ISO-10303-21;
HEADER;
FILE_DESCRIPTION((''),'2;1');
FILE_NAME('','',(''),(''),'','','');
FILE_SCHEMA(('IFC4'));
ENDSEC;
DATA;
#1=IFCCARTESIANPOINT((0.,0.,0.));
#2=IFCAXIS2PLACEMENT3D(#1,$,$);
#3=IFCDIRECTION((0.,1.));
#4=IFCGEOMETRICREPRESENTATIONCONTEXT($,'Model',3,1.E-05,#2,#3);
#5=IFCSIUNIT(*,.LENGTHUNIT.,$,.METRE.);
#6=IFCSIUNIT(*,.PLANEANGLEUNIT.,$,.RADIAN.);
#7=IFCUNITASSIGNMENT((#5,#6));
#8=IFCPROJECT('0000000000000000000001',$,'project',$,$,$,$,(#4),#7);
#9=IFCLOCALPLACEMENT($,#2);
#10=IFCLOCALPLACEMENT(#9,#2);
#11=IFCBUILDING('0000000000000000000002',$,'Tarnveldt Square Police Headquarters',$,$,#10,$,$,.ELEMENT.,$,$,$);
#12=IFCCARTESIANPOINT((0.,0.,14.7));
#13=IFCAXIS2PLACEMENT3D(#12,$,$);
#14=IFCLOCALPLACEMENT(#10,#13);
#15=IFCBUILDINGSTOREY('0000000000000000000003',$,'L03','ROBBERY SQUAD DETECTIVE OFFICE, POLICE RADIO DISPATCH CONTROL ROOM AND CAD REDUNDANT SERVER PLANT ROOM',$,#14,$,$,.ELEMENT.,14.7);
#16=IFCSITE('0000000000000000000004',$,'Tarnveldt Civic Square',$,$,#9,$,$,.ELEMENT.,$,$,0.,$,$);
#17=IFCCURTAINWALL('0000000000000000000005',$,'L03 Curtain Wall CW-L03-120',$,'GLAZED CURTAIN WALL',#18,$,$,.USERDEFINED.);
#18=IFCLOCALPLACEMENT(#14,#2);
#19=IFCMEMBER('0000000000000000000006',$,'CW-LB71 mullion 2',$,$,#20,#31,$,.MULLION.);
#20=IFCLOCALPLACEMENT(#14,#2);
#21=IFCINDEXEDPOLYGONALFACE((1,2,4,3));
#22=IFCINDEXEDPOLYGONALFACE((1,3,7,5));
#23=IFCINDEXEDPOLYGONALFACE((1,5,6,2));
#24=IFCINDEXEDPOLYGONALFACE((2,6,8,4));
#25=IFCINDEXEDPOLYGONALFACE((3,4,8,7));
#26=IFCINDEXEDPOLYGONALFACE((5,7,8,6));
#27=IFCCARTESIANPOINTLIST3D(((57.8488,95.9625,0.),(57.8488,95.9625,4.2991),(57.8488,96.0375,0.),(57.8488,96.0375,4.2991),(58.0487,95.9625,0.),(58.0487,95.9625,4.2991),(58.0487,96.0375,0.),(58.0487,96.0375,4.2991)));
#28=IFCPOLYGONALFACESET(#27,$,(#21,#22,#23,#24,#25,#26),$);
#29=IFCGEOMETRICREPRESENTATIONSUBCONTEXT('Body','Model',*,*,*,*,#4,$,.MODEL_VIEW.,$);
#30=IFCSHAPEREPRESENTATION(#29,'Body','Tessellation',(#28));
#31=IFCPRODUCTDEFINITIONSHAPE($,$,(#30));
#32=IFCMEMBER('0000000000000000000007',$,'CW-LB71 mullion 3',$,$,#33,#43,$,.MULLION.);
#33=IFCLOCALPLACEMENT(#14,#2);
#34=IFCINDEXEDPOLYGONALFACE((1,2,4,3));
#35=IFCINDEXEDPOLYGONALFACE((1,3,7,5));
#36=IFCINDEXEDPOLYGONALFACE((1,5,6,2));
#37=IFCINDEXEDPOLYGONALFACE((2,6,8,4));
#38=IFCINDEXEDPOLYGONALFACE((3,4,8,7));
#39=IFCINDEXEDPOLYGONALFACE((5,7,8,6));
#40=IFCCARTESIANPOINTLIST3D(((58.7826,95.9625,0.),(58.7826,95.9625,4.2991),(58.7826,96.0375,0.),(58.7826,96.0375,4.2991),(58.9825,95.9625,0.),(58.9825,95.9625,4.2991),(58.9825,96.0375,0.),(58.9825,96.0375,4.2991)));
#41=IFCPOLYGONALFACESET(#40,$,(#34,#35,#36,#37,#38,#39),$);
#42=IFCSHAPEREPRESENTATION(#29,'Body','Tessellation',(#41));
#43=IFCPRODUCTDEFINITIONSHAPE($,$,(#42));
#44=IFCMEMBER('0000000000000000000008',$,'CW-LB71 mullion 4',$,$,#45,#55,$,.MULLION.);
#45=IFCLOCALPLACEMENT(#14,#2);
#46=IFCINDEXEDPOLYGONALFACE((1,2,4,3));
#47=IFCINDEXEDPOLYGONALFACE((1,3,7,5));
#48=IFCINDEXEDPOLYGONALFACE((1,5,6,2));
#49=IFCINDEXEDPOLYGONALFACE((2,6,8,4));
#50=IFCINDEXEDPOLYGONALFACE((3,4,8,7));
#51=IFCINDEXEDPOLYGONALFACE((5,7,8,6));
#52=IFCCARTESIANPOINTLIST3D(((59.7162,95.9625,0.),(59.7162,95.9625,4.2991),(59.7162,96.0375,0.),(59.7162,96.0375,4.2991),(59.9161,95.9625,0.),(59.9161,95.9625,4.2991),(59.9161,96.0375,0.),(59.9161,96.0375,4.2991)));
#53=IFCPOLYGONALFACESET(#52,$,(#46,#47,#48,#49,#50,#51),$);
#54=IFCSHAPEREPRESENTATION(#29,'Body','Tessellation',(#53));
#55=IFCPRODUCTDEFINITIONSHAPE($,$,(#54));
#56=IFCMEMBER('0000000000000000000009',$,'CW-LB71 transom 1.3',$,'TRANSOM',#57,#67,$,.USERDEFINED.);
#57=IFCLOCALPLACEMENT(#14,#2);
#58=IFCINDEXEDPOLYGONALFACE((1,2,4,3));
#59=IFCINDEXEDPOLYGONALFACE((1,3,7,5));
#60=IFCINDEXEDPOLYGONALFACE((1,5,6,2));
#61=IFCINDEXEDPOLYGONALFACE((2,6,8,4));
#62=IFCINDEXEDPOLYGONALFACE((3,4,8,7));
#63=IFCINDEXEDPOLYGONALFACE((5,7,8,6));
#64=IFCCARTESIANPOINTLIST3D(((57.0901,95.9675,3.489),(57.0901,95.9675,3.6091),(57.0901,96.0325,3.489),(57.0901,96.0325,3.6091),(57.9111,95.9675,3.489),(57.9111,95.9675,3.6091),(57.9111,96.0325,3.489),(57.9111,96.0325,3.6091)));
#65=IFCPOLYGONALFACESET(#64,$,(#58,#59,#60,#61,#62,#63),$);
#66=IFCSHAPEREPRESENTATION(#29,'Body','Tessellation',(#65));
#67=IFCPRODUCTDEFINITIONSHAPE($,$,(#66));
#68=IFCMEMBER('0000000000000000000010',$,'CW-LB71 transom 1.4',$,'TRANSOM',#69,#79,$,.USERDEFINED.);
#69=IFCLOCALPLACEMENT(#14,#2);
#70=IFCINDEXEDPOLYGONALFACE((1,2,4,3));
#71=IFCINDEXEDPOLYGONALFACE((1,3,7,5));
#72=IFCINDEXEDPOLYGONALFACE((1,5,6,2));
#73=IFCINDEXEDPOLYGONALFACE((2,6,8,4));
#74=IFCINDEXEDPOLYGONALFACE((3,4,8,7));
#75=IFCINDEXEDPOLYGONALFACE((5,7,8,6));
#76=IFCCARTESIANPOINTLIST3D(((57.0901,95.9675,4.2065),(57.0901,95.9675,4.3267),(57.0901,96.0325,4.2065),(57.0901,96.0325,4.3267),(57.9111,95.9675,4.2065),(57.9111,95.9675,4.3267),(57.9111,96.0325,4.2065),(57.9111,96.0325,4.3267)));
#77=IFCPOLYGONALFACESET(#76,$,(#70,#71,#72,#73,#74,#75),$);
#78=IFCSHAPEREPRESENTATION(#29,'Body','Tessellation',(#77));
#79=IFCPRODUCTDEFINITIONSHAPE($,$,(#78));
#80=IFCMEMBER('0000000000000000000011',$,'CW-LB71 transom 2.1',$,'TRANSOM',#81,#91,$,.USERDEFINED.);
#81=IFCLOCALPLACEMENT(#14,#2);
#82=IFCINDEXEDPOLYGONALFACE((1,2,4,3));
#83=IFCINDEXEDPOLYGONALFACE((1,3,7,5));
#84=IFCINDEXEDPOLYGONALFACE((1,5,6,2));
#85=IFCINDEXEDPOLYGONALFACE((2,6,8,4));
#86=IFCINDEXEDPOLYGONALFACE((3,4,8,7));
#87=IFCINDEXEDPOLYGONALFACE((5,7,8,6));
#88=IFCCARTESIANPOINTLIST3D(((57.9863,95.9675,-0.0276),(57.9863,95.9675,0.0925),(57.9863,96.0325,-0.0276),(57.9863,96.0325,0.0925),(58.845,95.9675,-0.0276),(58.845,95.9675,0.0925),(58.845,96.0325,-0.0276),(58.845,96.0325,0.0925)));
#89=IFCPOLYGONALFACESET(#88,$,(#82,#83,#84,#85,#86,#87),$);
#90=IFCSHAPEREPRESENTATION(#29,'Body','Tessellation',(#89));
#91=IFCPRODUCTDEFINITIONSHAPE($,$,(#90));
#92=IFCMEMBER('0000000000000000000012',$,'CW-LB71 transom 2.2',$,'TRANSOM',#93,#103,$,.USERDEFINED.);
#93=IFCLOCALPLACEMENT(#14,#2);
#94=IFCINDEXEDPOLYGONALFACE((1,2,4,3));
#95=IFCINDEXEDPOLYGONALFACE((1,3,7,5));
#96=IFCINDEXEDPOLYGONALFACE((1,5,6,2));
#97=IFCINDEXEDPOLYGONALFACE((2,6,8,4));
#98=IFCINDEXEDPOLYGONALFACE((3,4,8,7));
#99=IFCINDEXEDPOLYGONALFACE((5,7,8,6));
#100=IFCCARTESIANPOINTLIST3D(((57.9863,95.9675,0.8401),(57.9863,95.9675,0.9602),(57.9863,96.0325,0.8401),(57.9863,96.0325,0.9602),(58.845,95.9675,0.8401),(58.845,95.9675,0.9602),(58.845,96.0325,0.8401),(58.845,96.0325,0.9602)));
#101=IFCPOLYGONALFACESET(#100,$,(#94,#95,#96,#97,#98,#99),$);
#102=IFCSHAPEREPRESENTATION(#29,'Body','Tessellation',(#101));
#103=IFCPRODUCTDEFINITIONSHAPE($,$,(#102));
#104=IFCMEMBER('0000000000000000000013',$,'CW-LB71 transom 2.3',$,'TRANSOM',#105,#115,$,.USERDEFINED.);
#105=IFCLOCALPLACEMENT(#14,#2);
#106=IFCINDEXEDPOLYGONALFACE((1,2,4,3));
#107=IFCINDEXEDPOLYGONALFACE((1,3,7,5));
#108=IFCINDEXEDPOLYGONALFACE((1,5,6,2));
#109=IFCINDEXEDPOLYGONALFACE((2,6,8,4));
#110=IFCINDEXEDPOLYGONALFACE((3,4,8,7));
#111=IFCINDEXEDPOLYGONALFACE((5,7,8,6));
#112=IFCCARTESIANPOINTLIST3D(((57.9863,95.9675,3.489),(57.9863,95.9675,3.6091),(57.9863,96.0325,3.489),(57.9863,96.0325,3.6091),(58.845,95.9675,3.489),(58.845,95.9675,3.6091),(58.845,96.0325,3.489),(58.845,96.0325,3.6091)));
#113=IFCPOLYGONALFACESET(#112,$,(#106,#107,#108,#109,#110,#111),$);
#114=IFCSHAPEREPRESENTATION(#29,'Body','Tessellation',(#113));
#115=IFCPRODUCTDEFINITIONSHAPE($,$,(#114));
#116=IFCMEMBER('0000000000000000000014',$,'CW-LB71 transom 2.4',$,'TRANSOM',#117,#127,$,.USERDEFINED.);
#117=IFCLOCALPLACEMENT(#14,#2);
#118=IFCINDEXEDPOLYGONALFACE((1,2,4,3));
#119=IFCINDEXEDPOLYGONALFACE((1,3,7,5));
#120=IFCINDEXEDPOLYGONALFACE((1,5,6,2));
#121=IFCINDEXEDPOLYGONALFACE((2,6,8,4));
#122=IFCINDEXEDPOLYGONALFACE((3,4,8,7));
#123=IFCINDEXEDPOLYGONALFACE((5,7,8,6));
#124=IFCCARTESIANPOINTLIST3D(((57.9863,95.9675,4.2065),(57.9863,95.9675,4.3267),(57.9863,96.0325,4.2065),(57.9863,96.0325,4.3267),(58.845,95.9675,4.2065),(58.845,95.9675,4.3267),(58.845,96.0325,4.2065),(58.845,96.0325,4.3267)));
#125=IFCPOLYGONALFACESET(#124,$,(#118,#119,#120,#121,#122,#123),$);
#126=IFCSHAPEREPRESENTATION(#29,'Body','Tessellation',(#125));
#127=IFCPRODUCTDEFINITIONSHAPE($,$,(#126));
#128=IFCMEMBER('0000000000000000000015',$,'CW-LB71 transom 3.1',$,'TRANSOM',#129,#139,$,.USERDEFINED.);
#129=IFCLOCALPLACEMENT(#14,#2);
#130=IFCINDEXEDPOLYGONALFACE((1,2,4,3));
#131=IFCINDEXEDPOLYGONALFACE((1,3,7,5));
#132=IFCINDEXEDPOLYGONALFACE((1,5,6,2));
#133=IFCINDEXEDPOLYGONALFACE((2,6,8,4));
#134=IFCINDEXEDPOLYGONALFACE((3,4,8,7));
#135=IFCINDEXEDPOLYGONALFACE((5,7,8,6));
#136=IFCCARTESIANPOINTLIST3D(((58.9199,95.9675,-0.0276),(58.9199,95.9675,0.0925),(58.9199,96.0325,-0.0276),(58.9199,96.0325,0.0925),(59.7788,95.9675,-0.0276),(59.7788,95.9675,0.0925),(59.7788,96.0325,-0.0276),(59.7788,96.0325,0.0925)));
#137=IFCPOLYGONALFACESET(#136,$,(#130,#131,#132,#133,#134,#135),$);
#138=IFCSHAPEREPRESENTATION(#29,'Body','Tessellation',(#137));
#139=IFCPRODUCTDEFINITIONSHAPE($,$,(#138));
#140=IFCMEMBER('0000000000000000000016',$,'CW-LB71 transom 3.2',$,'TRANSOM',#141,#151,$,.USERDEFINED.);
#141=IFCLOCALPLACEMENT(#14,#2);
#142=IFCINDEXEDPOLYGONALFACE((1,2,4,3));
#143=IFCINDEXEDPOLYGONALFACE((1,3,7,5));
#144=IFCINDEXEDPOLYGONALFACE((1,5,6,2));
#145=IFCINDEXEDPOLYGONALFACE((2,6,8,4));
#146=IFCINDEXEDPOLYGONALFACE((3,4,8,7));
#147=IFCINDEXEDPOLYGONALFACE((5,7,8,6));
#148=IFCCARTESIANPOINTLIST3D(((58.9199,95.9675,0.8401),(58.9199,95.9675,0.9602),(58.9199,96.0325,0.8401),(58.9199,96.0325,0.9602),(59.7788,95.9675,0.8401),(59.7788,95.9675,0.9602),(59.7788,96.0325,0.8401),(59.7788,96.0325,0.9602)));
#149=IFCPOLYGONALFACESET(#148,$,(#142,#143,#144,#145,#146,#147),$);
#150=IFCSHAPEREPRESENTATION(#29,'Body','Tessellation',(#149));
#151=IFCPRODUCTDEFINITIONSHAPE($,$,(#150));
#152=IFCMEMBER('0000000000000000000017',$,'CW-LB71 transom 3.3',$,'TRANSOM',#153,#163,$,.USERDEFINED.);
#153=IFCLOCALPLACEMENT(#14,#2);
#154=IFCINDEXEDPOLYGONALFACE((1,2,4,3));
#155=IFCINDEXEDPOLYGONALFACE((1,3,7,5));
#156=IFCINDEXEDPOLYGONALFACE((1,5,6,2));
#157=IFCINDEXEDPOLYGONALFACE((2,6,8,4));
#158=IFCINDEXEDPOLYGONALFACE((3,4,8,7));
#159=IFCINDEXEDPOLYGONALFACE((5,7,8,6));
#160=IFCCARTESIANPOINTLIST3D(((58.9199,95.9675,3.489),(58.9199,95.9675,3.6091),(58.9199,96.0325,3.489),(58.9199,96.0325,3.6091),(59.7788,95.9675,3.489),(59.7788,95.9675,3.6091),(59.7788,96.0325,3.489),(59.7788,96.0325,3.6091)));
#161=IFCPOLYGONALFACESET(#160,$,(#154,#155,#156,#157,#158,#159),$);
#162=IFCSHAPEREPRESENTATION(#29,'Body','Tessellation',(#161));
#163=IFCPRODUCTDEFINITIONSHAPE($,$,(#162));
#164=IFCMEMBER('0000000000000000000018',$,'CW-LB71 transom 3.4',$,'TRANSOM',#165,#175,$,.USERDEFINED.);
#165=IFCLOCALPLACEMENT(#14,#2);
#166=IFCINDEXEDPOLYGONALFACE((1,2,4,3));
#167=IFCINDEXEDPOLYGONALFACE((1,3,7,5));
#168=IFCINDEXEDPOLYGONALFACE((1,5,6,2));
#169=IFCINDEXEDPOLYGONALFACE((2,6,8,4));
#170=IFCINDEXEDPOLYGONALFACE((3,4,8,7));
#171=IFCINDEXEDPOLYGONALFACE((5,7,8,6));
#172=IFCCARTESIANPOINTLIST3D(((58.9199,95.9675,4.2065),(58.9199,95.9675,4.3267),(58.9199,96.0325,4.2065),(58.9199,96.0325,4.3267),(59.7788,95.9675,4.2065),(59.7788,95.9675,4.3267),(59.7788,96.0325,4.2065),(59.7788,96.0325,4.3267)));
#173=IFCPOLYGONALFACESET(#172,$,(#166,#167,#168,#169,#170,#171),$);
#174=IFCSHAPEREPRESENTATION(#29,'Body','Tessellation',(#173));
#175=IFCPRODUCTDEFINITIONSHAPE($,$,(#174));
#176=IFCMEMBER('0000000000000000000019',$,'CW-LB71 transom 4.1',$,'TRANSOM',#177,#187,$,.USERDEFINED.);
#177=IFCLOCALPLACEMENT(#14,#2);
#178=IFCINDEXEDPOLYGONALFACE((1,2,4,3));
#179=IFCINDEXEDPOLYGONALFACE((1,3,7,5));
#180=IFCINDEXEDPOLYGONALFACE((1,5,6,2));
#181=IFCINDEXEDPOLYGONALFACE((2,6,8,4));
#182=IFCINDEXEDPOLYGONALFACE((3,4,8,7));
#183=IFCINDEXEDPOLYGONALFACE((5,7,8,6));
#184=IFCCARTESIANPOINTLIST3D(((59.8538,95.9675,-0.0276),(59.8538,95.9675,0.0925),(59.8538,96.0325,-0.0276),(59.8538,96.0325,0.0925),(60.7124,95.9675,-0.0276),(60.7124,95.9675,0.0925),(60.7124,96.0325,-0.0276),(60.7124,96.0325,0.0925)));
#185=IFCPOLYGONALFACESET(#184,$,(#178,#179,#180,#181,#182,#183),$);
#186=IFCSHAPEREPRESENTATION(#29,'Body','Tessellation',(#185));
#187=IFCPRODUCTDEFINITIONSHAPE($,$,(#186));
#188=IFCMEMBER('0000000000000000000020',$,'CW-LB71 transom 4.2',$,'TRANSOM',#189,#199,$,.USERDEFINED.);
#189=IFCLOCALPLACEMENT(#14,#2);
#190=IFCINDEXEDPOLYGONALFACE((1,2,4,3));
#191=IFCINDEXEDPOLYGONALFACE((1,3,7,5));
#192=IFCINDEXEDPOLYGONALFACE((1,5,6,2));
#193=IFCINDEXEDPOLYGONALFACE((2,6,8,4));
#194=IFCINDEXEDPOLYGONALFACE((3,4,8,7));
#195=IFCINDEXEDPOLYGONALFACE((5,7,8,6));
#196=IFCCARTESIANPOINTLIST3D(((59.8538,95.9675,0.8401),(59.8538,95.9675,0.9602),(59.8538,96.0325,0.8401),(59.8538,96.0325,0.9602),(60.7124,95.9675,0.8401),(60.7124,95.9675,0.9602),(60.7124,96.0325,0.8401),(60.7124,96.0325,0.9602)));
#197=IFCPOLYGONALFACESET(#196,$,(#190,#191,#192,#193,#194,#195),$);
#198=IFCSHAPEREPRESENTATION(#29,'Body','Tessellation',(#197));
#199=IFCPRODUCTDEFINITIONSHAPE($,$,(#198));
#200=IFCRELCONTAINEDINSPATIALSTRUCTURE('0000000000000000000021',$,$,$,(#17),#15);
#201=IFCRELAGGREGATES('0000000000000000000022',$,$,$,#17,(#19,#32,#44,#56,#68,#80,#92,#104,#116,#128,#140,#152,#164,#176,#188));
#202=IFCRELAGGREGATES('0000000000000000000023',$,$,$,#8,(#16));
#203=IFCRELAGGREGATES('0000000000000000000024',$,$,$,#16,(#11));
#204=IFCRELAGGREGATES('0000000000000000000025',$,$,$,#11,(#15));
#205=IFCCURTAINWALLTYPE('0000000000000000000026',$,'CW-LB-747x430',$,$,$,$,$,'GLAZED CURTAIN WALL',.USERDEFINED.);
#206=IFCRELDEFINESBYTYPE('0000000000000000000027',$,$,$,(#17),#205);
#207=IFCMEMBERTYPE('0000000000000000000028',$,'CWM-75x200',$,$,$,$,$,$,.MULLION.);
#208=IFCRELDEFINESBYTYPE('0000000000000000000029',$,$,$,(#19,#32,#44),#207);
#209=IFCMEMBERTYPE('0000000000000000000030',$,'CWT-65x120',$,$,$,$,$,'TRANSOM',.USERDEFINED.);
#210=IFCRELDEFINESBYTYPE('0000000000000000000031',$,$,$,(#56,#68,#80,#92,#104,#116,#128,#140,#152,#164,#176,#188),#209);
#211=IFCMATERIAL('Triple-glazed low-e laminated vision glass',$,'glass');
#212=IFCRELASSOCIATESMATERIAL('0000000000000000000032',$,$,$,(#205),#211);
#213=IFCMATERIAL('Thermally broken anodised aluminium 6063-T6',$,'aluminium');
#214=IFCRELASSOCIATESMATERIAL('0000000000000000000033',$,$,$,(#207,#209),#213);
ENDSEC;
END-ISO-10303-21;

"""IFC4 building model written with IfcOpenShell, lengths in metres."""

from ifc_helpers import new_model, si_unit, direction, frame, origin, origin_2d, place, context, subcontext, project, spatial, rectangle, extrude, material, material_profile, profile_set, type_object, element, aggregate, save


model = new_model("IFC4")

# Units and contexts
model_context = context("Model", 3, precision=1e-05, world=origin(), true_north=direction((0.0, 1.0)))
body_context = subcontext(model_context, "Body", "Model", "MODEL_VIEW")
ifc_project = project(units=[si_unit("LENGTHUNIT", "METRE"), si_unit("PLANEANGLEUNIT", "RADIAN")], contexts=[model_context])

# Site, building, storey
site_placement = place(None, origin())
site = spatial("IfcSite", under=ifc_project, at=site_placement, Name="Tarnveldt Civic Square", CompositionType="ELEMENT", RefElevation=0.0)
building_placement = place(site_placement, origin())
building = spatial("IfcBuilding", under=site, at=building_placement, Name="Tarnveldt Square Police Headquarters", CompositionType="ELEMENT")
storey_placement = place(building_placement, frame((0.0, 0.0, 14.7)))
storey = spatial("IfcBuildingStorey", under=building, at=storey_placement, Name="L03", Description="ROBBERY SQUAD DETECTIVE OFFICE, POLICE RADIO DISPATCH CONTROL ROOM AND CAD REDUNDANT SERVER PLANT ROOM", CompositionType="ELEMENT", Elevation=14.7)

# Curtain wall, members
ifc_material_1 = material(Name="Triple-glazed low-e laminated vision glass", Category="glass")
curtain_wall_type = type_object("IfcCurtainWallType", Name="CW-LB-747x430", ElementType="GLAZED CURTAIN WALL", PredefinedType="USERDEFINED", material=ifc_material_1)
curtain_wall_placement = place(storey_placement, origin())
curtain_wall = element("IfcCurtainWall", 1, at=curtain_wall_placement, inside=storey, type_object=curtain_wall_type, Name="L03 Curtain Wall CW-L03-120", ObjectType="GLAZED CURTAIN WALL", PredefinedType="USERDEFINED")
ifc_material_2 = material(Name="Thermally broken anodised aluminium 6063-T6", Category="aluminium")
ifc_material_profile_1 = material_profile(ifc_material_2, rectangle(XDim=0.075, YDim=0.2, at=origin_2d()), Name="CW-M75x200")
ifc_profile_set_1 = profile_set([ifc_material_profile_1], Name="Thermally broken anodised aluminium 6063-T6")
member_type_1 = type_object("IfcMemberType", Name="CWM-75x200", PredefinedType="MULLION", material=ifc_profile_set_1)
member_1_placement = place(storey_placement, frame((57.9487, 96.0, 0.0), z_axis=(0.0, 0.0, 1.0), x_axis=(0.0, 1.0, 0.0)))
member_1 = element("IfcMember", 2, at=member_1_placement, type_object=member_type_1, Name="CW-LB71 mullion 2", PredefinedType="MULLION", context=body_context, shape_type="SweptSolid", body=[
    extrude(rectangle(XDim=0.075, YDim=0.2, at=origin_2d()), origin(), (0.0, 0.0, 1.0), 4.2991),
])
member_2_placement = place(storey_placement, frame((58.8826, 96.0, 0.0), z_axis=(0.0, 0.0, 1.0), x_axis=(0.0, 1.0, 0.0)))
member_2 = element("IfcMember", 3, at=member_2_placement, type_object=member_type_1, Name="CW-LB71 mullion 3", PredefinedType="MULLION", context=body_context, shape_type="SweptSolid", body=[
    extrude(rectangle(XDim=0.075, YDim=0.2, at=origin_2d()), origin(), (0.0, 0.0, 1.0), 4.2991),
])
member_3_placement = place(storey_placement, frame((59.8162, 96.0, 0.0), z_axis=(0.0, 0.0, 1.0), x_axis=(0.0, 1.0, 0.0)))
member_3 = element("IfcMember", 4, at=member_3_placement, type_object=member_type_1, Name="CW-LB71 mullion 4", PredefinedType="MULLION", context=body_context, shape_type="SweptSolid", body=[
    extrude(rectangle(XDim=0.075, YDim=0.2, at=origin_2d()), origin(), (0.0, 0.0, 1.0), 4.2991),
])
ifc_material_profile_2 = material_profile(ifc_material_2, rectangle(XDim=0.0649, YDim=0.1201, at=origin_2d()), Name="CW-T65x120")
ifc_profile_set_2 = profile_set([ifc_material_profile_2], Name="Thermally broken anodised aluminium 6063-T6")
member_type_2 = type_object("IfcMemberType", Name="CWT-65x120", ElementType="TRANSOM", PredefinedType="USERDEFINED", material=ifc_profile_set_2)
member_4_placement = place(storey_placement, frame((57.0901, 96.0, 3.5491), z_axis=(1.0, 0.0, 0.0), x_axis=(0.0, 1.0, 0.0)))
member_4 = element("IfcMember", 5, at=member_4_placement, type_object=member_type_2, Name="CW-LB71 transom 1.3", ObjectType="TRANSOM", PredefinedType="USERDEFINED", context=body_context, shape_type="SweptSolid", body=[
    extrude(rectangle(XDim=0.0649, YDim=0.1201, at=origin_2d()), origin(), (0.0, 0.0, 1.0), 0.821),
])
member_5_placement = place(storey_placement, frame((57.0901, 96.0, 4.2666), z_axis=(1.0, 0.0, 0.0), x_axis=(0.0, 1.0, 0.0)))
member_5 = element("IfcMember", 6, at=member_5_placement, type_object=member_type_2, Name="CW-LB71 transom 1.4", ObjectType="TRANSOM", PredefinedType="USERDEFINED", context=body_context, shape_type="SweptSolid", body=[
    extrude(rectangle(XDim=0.0649, YDim=0.1201, at=origin_2d()), origin(), (0.0, 0.0, 1.0), 0.821),
])
member_6_placement = place(storey_placement, frame((57.9863, 96.0, 0.0325), z_axis=(1.0, 0.0, 0.0), x_axis=(0.0, 1.0, 0.0)))
member_6 = element("IfcMember", 7, at=member_6_placement, type_object=member_type_2, Name="CW-LB71 transom 2.1", ObjectType="TRANSOM", PredefinedType="USERDEFINED", context=body_context, shape_type="SweptSolid", body=[
    extrude(rectangle(XDim=0.0649, YDim=0.1201, at=origin_2d()), origin(), (0.0, 0.0, 1.0), 0.8586),
])
member_7_placement = place(storey_placement, frame((57.9863, 96.0, 0.9001), z_axis=(1.0, 0.0, 0.0), x_axis=(0.0, 1.0, 0.0)))
member_7 = element("IfcMember", 8, at=member_7_placement, type_object=member_type_2, Name="CW-LB71 transom 2.2", ObjectType="TRANSOM", PredefinedType="USERDEFINED", context=body_context, shape_type="SweptSolid", body=[
    extrude(rectangle(XDim=0.0649, YDim=0.1201, at=origin_2d()), origin(), (0.0, 0.0, 1.0), 0.8586),
])
member_8_placement = place(storey_placement, frame((57.9863, 96.0, 3.5491), z_axis=(1.0, 0.0, 0.0), x_axis=(0.0, 1.0, 0.0)))
member_8 = element("IfcMember", 9, at=member_8_placement, type_object=member_type_2, Name="CW-LB71 transom 2.3", ObjectType="TRANSOM", PredefinedType="USERDEFINED", context=body_context, shape_type="SweptSolid", body=[
    extrude(rectangle(XDim=0.0649, YDim=0.1201, at=origin_2d()), origin(), (0.0, 0.0, 1.0), 0.8586),
])
member_9_placement = place(storey_placement, frame((57.9863, 96.0, 4.2666), z_axis=(1.0, 0.0, 0.0), x_axis=(0.0, 1.0, 0.0)))
member_9 = element("IfcMember", 10, at=member_9_placement, type_object=member_type_2, Name="CW-LB71 transom 2.4", ObjectType="TRANSOM", PredefinedType="USERDEFINED", context=body_context, shape_type="SweptSolid", body=[
    extrude(rectangle(XDim=0.0649, YDim=0.1201, at=origin_2d()), origin(), (0.0, 0.0, 1.0), 0.8586),
])
member_10_placement = place(storey_placement, frame((58.9199, 96.0, 0.0325), z_axis=(1.0, 0.0, 0.0), x_axis=(0.0, 1.0, 0.0)))
member_10 = element("IfcMember", 11, at=member_10_placement, type_object=member_type_2, Name="CW-LB71 transom 3.1", ObjectType="TRANSOM", PredefinedType="USERDEFINED", context=body_context, shape_type="SweptSolid", body=[
    extrude(rectangle(XDim=0.0649, YDim=0.1201, at=origin_2d()), origin(), (0.0, 0.0, 1.0), 0.8589),
])
member_11_placement = place(storey_placement, frame((58.9199, 96.0, 0.9001), z_axis=(1.0, 0.0, 0.0), x_axis=(0.0, 1.0, 0.0)))
member_11 = element("IfcMember", 12, at=member_11_placement, type_object=member_type_2, Name="CW-LB71 transom 3.2", ObjectType="TRANSOM", PredefinedType="USERDEFINED", context=body_context, shape_type="SweptSolid", body=[
    extrude(rectangle(XDim=0.0649, YDim=0.1201, at=origin_2d()), origin(), (0.0, 0.0, 1.0), 0.8589),
])
member_12_placement = place(storey_placement, frame((58.9199, 96.0, 3.5491), z_axis=(1.0, 0.0, 0.0), x_axis=(0.0, 1.0, 0.0)))
member_12 = element("IfcMember", 13, at=member_12_placement, type_object=member_type_2, Name="CW-LB71 transom 3.3", ObjectType="TRANSOM", PredefinedType="USERDEFINED", context=body_context, shape_type="SweptSolid", body=[
    extrude(rectangle(XDim=0.0649, YDim=0.1201, at=origin_2d()), origin(), (0.0, 0.0, 1.0), 0.8589),
])
member_13_placement = place(storey_placement, frame((58.9199, 96.0, 4.2666), z_axis=(1.0, 0.0, 0.0), x_axis=(0.0, 1.0, 0.0)))
member_13 = element("IfcMember", 14, at=member_13_placement, type_object=member_type_2, Name="CW-LB71 transom 3.4", ObjectType="TRANSOM", PredefinedType="USERDEFINED", context=body_context, shape_type="SweptSolid", body=[
    extrude(rectangle(XDim=0.0649, YDim=0.1201, at=origin_2d()), origin(), (0.0, 0.0, 1.0), 0.8589),
])
member_14_placement = place(storey_placement, frame((59.8538, 96.0, 0.0325), z_axis=(1.0, 0.0, 0.0), x_axis=(0.0, 1.0, 0.0)))
member_14 = element("IfcMember", 15, at=member_14_placement, type_object=member_type_2, Name="CW-LB71 transom 4.1", ObjectType="TRANSOM", PredefinedType="USERDEFINED", context=body_context, shape_type="SweptSolid", body=[
    extrude(rectangle(XDim=0.0649, YDim=0.1201, at=origin_2d()), origin(), (0.0, 0.0, 1.0), 0.8586),
])
member_15_placement = place(storey_placement, frame((59.8538, 96.0, 0.9001), z_axis=(1.0, 0.0, 0.0), x_axis=(0.0, 1.0, 0.0)))
member_15 = element("IfcMember", 16, at=member_15_placement, type_object=member_type_2, Name="CW-LB71 transom 4.2", ObjectType="TRANSOM", PredefinedType="USERDEFINED", context=body_context, shape_type="SweptSolid", body=[
    extrude(rectangle(XDim=0.0649, YDim=0.1201, at=origin_2d()), origin(), (0.0, 0.0, 1.0), 0.8586),
])
aggregate(curtain_wall, [member_1, member_2, member_3, member_4, member_5, member_6, member_7, member_8, member_9, member_10, member_11, member_12, member_13, member_14, member_15])

save(model, "model.ifc")
